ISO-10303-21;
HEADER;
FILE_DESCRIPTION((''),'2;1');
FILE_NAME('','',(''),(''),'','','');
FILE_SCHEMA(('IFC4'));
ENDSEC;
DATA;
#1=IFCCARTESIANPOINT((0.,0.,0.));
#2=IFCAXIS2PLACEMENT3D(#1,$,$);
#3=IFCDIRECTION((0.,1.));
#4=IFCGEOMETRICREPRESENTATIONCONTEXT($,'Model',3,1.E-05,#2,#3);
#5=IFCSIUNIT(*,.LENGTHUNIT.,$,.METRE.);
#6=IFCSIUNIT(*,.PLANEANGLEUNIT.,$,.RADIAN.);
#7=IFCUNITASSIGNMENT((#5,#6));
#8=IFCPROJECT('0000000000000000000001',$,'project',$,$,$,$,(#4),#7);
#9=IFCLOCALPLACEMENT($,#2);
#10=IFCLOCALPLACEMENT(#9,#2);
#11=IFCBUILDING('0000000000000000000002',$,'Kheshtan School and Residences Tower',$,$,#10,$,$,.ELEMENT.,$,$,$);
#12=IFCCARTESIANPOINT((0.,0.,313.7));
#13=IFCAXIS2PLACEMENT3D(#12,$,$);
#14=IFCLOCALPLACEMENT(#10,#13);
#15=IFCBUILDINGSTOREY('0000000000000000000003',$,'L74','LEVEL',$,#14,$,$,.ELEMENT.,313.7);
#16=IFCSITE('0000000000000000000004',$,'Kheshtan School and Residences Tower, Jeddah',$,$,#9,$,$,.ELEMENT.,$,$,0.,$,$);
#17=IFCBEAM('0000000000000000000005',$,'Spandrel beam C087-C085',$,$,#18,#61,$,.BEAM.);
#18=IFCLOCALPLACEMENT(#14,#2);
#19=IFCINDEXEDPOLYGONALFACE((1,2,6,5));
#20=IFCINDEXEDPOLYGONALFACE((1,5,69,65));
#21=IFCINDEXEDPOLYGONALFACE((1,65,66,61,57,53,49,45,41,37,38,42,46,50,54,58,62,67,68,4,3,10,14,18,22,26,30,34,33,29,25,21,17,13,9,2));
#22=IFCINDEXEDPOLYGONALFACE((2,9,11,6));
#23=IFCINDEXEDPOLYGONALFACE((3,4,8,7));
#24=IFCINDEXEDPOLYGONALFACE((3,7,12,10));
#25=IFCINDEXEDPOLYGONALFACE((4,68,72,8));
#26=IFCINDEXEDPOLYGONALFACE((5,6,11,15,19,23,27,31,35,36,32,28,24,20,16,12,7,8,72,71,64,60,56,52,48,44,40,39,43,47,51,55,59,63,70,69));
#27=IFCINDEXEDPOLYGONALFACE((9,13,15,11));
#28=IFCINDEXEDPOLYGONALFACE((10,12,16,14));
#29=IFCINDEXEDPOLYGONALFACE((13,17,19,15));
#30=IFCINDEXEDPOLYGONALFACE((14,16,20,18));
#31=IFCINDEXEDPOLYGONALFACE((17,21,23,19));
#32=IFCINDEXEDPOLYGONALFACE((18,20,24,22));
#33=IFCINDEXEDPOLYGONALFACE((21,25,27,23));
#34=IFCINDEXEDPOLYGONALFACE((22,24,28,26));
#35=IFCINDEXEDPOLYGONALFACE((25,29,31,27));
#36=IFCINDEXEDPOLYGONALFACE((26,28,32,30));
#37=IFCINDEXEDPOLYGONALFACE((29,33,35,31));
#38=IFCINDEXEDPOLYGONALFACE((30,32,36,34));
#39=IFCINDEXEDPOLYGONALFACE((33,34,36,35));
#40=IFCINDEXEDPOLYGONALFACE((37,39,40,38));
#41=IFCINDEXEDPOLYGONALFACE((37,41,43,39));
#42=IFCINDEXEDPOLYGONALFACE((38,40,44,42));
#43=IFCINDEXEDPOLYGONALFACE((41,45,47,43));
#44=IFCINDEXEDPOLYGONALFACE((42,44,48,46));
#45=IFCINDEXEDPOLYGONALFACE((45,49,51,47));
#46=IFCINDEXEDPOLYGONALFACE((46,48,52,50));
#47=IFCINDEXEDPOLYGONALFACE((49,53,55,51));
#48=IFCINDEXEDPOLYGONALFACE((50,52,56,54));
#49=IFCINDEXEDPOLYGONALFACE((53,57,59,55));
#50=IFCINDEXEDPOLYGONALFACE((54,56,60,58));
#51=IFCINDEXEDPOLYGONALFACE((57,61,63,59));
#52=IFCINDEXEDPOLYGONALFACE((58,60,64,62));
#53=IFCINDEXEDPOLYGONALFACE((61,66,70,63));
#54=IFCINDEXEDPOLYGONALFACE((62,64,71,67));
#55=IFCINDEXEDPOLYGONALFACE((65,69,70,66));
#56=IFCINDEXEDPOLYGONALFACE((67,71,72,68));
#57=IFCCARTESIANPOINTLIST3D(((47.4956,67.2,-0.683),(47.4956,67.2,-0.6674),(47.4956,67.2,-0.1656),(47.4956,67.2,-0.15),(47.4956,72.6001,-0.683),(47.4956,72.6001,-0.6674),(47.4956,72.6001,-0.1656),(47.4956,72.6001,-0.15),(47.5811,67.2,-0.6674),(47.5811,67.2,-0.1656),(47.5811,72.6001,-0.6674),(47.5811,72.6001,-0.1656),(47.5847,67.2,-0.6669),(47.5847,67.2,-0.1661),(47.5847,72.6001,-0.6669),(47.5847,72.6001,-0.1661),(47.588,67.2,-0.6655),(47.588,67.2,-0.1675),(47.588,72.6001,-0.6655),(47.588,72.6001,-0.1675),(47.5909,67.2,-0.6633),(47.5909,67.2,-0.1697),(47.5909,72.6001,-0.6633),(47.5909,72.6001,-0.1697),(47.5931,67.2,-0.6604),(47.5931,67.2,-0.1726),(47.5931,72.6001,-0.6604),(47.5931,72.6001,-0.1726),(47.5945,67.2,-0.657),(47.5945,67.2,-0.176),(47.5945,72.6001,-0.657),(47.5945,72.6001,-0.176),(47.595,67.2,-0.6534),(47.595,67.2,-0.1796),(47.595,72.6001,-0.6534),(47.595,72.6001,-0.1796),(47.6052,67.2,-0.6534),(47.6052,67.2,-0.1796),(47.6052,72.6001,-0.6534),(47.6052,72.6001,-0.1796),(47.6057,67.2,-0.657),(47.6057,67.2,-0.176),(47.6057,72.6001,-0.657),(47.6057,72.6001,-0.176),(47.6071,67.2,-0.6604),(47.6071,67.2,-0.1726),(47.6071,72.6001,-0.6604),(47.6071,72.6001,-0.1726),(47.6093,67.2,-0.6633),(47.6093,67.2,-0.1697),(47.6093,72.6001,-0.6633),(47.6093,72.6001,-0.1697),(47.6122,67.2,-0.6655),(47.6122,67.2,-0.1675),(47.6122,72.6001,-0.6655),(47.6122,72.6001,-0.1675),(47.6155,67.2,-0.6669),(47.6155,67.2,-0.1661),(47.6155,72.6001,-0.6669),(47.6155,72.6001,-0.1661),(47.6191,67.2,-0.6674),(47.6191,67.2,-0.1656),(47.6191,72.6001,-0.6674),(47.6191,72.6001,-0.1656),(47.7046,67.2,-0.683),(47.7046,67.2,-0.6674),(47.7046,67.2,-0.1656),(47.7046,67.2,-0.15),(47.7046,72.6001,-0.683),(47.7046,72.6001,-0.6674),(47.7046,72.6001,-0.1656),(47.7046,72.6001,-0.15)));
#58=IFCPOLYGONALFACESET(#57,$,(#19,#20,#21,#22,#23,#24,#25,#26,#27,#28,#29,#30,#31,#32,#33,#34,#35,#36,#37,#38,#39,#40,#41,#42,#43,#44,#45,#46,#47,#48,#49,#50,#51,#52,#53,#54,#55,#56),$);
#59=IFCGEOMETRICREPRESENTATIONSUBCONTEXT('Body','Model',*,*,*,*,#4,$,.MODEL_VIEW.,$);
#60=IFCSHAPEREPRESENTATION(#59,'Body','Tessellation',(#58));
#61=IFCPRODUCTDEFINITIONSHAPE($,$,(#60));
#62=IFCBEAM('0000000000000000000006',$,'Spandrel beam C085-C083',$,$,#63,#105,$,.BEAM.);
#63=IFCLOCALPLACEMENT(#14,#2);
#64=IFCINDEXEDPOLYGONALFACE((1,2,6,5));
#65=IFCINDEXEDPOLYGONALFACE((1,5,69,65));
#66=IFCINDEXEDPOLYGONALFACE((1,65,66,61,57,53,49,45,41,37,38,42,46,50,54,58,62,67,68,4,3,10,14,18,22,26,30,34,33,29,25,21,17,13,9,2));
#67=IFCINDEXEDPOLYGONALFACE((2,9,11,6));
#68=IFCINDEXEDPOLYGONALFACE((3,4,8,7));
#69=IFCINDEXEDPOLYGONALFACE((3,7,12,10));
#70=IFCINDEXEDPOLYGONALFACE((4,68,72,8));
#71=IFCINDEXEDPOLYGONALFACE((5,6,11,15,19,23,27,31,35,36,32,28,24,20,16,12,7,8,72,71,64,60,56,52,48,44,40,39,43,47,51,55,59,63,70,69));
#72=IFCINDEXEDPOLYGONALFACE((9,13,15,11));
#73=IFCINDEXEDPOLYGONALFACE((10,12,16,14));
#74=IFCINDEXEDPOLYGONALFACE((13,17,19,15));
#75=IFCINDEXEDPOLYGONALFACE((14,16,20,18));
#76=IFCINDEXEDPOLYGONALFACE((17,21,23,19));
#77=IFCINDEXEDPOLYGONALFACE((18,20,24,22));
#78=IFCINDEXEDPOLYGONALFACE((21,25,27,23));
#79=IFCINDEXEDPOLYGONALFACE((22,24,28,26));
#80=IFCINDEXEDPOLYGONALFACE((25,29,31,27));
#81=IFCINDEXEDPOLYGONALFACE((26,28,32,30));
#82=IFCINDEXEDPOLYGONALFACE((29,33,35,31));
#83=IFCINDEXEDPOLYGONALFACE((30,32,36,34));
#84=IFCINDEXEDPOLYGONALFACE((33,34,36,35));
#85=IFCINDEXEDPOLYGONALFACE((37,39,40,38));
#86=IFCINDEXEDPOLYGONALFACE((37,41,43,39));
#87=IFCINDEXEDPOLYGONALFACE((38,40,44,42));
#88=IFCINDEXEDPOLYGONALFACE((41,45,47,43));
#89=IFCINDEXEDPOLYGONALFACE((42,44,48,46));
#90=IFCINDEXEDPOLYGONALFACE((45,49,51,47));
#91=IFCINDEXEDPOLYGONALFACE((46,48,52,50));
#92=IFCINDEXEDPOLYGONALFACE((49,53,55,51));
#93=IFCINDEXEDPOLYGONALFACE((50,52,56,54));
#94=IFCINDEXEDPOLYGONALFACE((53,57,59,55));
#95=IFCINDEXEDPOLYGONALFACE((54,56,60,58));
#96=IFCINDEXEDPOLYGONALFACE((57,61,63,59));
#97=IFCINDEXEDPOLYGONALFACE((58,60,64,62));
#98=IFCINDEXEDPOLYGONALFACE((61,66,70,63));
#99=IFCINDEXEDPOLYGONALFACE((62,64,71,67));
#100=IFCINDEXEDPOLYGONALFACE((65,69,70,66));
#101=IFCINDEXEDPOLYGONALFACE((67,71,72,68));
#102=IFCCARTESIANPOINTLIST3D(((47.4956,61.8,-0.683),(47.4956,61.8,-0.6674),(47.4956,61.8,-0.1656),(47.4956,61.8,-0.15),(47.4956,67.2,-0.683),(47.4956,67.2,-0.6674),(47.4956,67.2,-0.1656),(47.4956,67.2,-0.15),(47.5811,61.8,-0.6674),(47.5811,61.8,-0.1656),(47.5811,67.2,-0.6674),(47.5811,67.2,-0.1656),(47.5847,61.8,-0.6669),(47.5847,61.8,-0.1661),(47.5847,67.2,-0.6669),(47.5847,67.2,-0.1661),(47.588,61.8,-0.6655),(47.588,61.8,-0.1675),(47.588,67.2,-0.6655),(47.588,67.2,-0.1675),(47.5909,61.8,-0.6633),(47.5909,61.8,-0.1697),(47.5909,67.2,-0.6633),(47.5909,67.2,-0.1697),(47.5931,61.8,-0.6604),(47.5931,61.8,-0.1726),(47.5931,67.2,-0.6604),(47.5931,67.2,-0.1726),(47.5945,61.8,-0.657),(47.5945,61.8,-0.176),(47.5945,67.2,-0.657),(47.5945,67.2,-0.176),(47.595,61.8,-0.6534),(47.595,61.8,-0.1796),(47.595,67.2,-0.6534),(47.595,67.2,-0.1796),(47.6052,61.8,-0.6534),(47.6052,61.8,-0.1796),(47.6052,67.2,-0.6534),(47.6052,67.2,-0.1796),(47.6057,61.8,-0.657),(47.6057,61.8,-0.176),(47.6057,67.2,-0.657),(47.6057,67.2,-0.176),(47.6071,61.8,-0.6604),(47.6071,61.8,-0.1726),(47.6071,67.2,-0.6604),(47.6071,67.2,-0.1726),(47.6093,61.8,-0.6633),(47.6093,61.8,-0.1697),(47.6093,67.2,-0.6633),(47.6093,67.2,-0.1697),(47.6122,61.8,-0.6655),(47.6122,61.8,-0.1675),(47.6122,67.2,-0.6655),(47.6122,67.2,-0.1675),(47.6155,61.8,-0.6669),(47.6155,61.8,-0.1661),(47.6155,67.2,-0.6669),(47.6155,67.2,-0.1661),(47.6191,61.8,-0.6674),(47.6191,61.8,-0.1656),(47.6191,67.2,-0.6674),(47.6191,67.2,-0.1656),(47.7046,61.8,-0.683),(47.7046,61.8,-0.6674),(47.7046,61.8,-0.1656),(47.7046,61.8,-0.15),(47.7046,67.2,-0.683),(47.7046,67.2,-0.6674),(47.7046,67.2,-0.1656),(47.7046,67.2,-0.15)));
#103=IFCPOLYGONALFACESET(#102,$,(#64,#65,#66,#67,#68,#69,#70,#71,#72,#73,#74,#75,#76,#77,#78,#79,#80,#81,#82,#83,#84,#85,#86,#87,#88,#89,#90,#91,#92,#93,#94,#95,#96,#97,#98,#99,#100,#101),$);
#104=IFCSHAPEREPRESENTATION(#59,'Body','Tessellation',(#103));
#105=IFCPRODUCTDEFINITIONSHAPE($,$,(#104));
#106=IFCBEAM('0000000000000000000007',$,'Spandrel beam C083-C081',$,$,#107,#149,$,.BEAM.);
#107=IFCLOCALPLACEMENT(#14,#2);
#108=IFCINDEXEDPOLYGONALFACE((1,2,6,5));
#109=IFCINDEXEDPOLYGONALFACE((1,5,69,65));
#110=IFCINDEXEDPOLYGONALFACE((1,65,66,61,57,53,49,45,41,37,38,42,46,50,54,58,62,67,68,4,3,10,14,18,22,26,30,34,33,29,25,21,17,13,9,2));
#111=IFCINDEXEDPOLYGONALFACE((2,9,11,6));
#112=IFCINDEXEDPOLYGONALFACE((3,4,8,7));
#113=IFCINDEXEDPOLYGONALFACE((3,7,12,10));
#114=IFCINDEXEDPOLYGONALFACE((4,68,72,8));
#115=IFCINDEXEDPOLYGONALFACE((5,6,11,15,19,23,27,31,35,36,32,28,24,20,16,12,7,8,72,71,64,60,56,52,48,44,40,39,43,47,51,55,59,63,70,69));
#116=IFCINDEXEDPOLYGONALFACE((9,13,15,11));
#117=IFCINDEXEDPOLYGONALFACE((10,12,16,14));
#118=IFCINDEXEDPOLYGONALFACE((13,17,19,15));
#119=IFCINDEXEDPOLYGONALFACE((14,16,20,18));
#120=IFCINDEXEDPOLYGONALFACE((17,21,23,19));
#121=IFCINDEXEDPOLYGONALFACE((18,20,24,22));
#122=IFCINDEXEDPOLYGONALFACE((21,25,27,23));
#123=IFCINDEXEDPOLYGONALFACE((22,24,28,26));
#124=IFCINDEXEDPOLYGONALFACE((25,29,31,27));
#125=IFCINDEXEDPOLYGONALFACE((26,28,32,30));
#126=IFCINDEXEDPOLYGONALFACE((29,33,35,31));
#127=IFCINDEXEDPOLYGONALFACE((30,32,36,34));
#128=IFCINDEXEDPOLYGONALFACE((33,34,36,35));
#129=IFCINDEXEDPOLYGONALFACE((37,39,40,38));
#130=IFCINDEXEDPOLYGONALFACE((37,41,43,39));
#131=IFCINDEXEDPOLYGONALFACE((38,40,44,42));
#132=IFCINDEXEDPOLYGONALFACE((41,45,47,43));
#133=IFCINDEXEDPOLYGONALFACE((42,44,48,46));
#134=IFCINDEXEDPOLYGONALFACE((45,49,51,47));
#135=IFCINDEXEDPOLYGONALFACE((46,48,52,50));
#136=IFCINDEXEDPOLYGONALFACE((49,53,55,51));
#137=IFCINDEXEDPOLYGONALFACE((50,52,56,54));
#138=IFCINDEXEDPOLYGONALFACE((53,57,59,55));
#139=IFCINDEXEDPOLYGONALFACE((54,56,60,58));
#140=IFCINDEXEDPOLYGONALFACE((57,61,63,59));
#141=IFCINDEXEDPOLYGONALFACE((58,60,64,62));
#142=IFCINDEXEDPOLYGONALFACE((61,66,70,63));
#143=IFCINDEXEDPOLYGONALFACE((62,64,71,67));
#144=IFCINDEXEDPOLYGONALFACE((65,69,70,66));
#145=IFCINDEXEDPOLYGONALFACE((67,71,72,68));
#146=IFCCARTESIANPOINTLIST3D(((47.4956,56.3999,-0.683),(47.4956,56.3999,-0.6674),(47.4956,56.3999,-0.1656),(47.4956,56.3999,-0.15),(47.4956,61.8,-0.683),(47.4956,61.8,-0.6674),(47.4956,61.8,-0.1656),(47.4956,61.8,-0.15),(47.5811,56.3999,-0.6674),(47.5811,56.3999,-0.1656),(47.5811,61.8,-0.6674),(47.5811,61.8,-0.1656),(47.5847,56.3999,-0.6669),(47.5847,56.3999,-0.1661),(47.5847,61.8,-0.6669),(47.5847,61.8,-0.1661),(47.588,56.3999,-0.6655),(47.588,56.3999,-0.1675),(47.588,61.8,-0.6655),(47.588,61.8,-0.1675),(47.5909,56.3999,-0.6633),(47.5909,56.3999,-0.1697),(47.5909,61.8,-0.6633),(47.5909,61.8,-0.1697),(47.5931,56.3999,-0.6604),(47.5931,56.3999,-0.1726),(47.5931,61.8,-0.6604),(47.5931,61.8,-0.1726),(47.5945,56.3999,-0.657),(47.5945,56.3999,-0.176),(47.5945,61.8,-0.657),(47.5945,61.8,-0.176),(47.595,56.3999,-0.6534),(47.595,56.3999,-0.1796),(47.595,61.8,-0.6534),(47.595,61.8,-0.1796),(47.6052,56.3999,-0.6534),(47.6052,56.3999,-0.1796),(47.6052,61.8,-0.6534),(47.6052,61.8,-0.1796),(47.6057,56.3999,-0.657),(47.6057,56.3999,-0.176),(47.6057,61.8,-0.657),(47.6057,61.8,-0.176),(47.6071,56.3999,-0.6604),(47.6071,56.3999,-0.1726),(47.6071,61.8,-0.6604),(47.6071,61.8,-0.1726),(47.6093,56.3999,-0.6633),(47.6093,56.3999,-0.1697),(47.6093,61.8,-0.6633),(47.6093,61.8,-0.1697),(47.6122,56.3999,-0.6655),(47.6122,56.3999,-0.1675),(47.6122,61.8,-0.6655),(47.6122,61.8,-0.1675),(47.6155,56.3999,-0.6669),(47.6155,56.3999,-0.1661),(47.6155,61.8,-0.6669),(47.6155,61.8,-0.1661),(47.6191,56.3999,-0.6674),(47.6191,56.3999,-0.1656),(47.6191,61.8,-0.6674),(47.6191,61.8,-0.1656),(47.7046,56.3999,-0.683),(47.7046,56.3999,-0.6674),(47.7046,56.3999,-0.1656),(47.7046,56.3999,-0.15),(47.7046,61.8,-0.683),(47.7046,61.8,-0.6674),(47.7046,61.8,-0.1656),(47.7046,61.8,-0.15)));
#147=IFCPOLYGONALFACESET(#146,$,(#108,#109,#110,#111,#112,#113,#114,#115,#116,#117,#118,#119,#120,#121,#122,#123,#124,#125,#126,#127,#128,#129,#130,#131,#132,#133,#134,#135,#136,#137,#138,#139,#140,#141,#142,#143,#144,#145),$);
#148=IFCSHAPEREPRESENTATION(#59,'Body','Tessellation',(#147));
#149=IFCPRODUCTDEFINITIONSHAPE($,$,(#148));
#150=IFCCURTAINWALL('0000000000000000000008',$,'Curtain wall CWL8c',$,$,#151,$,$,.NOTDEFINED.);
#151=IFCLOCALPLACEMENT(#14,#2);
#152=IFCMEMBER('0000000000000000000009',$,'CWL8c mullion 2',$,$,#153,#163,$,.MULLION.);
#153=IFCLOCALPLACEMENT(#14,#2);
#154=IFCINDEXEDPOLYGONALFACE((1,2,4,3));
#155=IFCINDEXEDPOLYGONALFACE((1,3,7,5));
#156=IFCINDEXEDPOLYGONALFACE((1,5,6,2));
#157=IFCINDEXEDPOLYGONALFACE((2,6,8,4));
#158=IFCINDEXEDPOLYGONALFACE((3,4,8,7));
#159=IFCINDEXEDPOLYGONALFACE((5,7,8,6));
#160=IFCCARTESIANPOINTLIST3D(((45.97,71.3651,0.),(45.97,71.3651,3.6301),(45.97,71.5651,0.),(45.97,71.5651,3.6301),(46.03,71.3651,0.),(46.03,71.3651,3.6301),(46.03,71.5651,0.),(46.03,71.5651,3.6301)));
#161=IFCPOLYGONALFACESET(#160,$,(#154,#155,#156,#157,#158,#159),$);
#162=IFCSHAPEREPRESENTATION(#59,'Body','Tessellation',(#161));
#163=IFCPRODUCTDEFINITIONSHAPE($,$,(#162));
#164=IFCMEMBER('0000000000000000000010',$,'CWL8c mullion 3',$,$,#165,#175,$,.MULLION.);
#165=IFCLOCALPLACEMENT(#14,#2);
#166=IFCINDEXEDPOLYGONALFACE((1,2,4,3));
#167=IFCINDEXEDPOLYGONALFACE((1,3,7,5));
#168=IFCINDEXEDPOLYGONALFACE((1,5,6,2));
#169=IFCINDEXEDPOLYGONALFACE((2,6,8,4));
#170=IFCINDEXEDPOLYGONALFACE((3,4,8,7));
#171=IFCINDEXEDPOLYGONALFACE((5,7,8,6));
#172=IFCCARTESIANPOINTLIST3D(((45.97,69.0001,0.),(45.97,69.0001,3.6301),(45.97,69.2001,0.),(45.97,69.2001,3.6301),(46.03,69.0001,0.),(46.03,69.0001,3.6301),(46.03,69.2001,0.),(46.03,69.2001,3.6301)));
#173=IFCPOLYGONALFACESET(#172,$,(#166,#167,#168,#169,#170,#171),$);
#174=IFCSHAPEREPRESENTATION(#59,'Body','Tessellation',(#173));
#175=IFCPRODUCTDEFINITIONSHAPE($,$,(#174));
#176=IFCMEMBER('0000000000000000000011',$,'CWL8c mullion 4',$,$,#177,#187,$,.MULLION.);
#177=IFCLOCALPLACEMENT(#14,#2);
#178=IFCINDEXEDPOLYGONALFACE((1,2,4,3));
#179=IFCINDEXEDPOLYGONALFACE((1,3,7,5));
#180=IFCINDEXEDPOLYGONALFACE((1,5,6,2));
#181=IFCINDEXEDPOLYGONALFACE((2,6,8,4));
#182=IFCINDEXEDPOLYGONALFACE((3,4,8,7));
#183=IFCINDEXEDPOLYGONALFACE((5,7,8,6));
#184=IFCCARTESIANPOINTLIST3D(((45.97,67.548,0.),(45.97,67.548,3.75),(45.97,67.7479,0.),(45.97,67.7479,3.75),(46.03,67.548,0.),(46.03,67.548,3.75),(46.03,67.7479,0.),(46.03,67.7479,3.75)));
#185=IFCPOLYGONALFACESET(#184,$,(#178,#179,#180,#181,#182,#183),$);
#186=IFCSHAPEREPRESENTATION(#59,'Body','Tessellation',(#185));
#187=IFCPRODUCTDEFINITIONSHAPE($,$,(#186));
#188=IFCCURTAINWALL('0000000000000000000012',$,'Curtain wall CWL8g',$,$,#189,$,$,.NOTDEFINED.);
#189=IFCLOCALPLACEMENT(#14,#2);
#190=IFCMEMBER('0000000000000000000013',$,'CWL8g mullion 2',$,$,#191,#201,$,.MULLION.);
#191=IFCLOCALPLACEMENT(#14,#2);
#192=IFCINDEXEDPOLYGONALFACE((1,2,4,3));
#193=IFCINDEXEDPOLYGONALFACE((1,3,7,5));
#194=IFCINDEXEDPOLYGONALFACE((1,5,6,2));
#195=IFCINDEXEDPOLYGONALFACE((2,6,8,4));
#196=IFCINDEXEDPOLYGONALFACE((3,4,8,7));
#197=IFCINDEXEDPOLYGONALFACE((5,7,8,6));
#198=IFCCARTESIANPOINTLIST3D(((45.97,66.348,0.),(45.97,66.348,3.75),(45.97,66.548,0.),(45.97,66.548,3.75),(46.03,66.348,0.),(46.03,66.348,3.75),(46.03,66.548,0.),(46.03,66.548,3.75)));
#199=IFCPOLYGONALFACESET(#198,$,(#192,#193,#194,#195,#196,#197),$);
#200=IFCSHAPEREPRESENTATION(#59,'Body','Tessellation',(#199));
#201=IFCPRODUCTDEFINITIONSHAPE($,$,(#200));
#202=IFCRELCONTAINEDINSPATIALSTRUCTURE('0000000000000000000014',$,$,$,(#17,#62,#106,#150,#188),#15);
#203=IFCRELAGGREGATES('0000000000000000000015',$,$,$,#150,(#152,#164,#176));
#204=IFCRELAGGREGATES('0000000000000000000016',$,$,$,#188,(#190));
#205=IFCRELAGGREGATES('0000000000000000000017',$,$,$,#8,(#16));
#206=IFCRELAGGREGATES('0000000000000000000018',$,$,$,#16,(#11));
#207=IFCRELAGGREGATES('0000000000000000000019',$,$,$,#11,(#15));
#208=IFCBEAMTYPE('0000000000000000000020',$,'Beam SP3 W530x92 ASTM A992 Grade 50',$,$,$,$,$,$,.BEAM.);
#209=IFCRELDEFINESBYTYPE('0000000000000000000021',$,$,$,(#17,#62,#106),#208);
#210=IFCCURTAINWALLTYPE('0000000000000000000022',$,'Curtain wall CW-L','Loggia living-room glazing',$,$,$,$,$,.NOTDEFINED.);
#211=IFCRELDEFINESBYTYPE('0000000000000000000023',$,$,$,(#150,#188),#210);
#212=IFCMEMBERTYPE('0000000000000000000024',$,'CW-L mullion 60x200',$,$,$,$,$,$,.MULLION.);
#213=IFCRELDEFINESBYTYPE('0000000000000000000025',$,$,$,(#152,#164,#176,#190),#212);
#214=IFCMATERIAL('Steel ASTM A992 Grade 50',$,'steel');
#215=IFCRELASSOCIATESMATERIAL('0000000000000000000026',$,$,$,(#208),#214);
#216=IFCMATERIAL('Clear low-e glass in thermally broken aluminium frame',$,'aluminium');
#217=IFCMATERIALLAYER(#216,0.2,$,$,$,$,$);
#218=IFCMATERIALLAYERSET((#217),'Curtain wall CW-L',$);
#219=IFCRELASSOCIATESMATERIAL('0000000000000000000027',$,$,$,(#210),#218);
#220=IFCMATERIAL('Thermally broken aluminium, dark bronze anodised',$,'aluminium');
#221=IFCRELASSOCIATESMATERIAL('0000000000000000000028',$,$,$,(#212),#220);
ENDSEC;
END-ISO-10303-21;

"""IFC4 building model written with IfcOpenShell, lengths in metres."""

from ifc_helpers import new_model, si_unit, direction, frame, origin, origin_2d, place, context, subcontext, project, spatial, rectangle, i_section, extrude, material, layer, layer_set, material_profile, profile_set, type_object, element, aggregate, save


model = new_model("IFC4")

# Units and contexts
model_context = context("Model", 3, precision=1e-05, world=origin(), true_north=direction((0.0, 1.0)))
body_context = subcontext(model_context, "Body", "Model", "MODEL_VIEW")
ifc_project = project(units=[si_unit("LENGTHUNIT", "METRE"), si_unit("PLANEANGLEUNIT", "RADIAN")], contexts=[model_context])

# Site, building, storey
site_placement = place(None, origin())
site = spatial("IfcSite", under=ifc_project, at=site_placement, Name="Kheshtan School and Residences Tower, Jeddah", CompositionType="ELEMENT", RefElevation=0.0)
building_placement = place(site_placement, origin())
building = spatial("IfcBuilding", under=site, at=building_placement, Name="Kheshtan School and Residences Tower", CompositionType="ELEMENT")
storey_placement = place(building_placement, frame((0.0, 0.0, 313.7)))
storey = spatial("IfcBuildingStorey", under=building, at=storey_placement, Name="L74", Description="LEVEL", CompositionType="ELEMENT", Elevation=313.7)

# Shared definitions
ifc_material_1 = material(Name="Steel ASTM A992 Grade 50", Category="steel")

# Beams
ifc_material_profile_1 = material_profile(ifc_material_1, i_section(OverallWidth=0.209, OverallDepth=0.533, WebThickness=0.0103, FlangeThickness=0.0156, FilletRadius=0.0139, at=origin_2d()), Name="W530x92")
ifc_profile_set_1 = profile_set([ifc_material_profile_1], Name="Steel ASTM A992 Grade 50")
beam_type_1 = type_object("IfcBeamType", Name="Beam SP3 W530x92 ASTM A992 Grade 50", PredefinedType="BEAM", material=ifc_profile_set_1)
beam_1_placement = place(storey_placement, frame((47.6001, 72.6001, -0.4165), z_axis=(0.0, -1.0, 0.0), x_axis=(1.0, 0.0, 0.0)))
element("IfcBeam", 1, at=beam_1_placement, inside=storey, type_object=beam_type_1, Name="Spandrel beam C087-C085", PredefinedType="BEAM", context=body_context, shape_type="SweptSolid", body=[
    extrude(i_section(OverallWidth=0.209, OverallDepth=0.533, WebThickness=0.0103, FlangeThickness=0.0156, FilletRadius=0.0139, at=origin_2d()), origin(), (0.0, 0.0, 1.0), 5.4001),
])
beam_2_placement = place(storey_placement, frame((47.6001, 67.2, -0.4165), z_axis=(0.0, -1.0, 0.0), x_axis=(1.0, 0.0, 0.0)))
element("IfcBeam", 2, at=beam_2_placement, inside=storey, type_object=beam_type_1, Name="Spandrel beam C085-C083", PredefinedType="BEAM", context=body_context, shape_type="SweptSolid", body=[
    extrude(i_section(OverallWidth=0.209, OverallDepth=0.533, WebThickness=0.0103, FlangeThickness=0.0156, FilletRadius=0.0139, at=origin_2d()), origin(), (0.0, 0.0, 1.0), 5.3999),
])
beam_3_placement = place(storey_placement, frame((47.6001, 61.8, -0.4165), z_axis=(0.0, -1.0, 0.0), x_axis=(1.0, 0.0, 0.0)))
element("IfcBeam", 3, at=beam_3_placement, inside=storey, type_object=beam_type_1, Name="Spandrel beam C083-C081", PredefinedType="BEAM", context=body_context, shape_type="SweptSolid", body=[
    extrude(i_section(OverallWidth=0.209, OverallDepth=0.533, WebThickness=0.0103, FlangeThickness=0.0156, FilletRadius=0.0139, at=origin_2d()), origin(), (0.0, 0.0, 1.0), 5.4001),
])

# Curtain wall, members
ifc_material_2 = material(Name="Clear low-e glass in thermally broken aluminium frame", Category="aluminium")
ifc_layer_1 = layer(ifc_material_2, 0.2)
ifc_layer_set_1 = layer_set([ifc_layer_1], Name="Curtain wall CW-L")
curtain_wall_type = type_object("IfcCurtainWallType", Name="Curtain wall CW-L", Description="Loggia living-room glazing", PredefinedType="NOTDEFINED", material=ifc_layer_set_1)
curtain_wall_1_placement = place(storey_placement, origin())
curtain_wall_1 = element("IfcCurtainWall", 4, at=curtain_wall_1_placement, inside=storey, type_object=curtain_wall_type, Name="Curtain wall CWL8c", PredefinedType="NOTDEFINED")
ifc_material_3 = material(Name="Thermally broken aluminium, dark bronze anodised", Category="aluminium")
ifc_material_profile_2 = material_profile(ifc_material_3, rectangle(XDim=0.0601, YDim=0.2, at=origin_2d()), Name="CW-L mullion 60x200")
ifc_profile_set_2 = profile_set([ifc_material_profile_2], Name="Thermally broken aluminium, dark bronze anodised")
member_type_1 = type_object("IfcMemberType", Name="CW-L mullion 60x200", PredefinedType="MULLION", material=ifc_profile_set_2)
member_1_placement = place(storey_placement, frame((46.0, 71.4651, 0.0), z_axis=(0.0, 0.0, 1.0), x_axis=(1.0, 0.0, 0.0)))
member_1 = element("IfcMember", 5, at=member_1_placement, type_object=member_type_1, Name="CWL8c mullion 2", PredefinedType="MULLION", context=body_context, shape_type="SweptSolid", body=[
    extrude(rectangle(XDim=0.0601, YDim=0.2, at=origin_2d()), origin(), (0.0, 0.0, 1.0), 3.6301),
])
member_2_placement = place(storey_placement, frame((46.0, 69.1001, 0.0), z_axis=(0.0, 0.0, 1.0), x_axis=(1.0, 0.0, 0.0)))
member_2 = element("IfcMember", 6, at=member_2_placement, type_object=member_type_1, Name="CWL8c mullion 3", PredefinedType="MULLION", context=body_context, shape_type="SweptSolid", body=[
    extrude(rectangle(XDim=0.0601, YDim=0.2, at=origin_2d()), origin(), (0.0, 0.0, 1.0), 3.6301),
])
member_3_placement = place(storey_placement, frame((46.0, 67.6479, 0.0), z_axis=(0.0, 0.0, 1.0), x_axis=(1.0, 0.0, 0.0)))
member_3 = element("IfcMember", 7, at=member_3_placement, type_object=member_type_1, Name="CWL8c mullion 4", PredefinedType="MULLION", context=body_context, shape_type="SweptSolid", body=[
    extrude(rectangle(XDim=0.0601, YDim=0.2, at=origin_2d()), origin(), (0.0, 0.0, 1.0), 3.75),
])

# Curtain wall, member
curtain_wall_2_placement = place(storey_placement, origin())
curtain_wall_2 = element("IfcCurtainWall", 8, at=curtain_wall_2_placement, inside=storey, type_object=curtain_wall_type, Name="Curtain wall CWL8g", PredefinedType="NOTDEFINED")
member_4_placement = place(storey_placement, frame((46.0, 66.448, 0.0), z_axis=(0.0, 0.0, 1.0), x_axis=(1.0, 0.0, 0.0)))
member_4 = element("IfcMember", 9, at=member_4_placement, type_object=member_type_1, Name="CWL8g mullion 2", PredefinedType="MULLION", context=body_context, shape_type="SweptSolid", body=[
    extrude(rectangle(XDim=0.0601, YDim=0.2, at=origin_2d()), origin(), (0.0, 0.0, 1.0), 3.75),
])

aggregate(curtain_wall_1, [member_1, member_2, member_3])
aggregate(curtain_wall_2, [member_4])

save(model, "model.ifc")
